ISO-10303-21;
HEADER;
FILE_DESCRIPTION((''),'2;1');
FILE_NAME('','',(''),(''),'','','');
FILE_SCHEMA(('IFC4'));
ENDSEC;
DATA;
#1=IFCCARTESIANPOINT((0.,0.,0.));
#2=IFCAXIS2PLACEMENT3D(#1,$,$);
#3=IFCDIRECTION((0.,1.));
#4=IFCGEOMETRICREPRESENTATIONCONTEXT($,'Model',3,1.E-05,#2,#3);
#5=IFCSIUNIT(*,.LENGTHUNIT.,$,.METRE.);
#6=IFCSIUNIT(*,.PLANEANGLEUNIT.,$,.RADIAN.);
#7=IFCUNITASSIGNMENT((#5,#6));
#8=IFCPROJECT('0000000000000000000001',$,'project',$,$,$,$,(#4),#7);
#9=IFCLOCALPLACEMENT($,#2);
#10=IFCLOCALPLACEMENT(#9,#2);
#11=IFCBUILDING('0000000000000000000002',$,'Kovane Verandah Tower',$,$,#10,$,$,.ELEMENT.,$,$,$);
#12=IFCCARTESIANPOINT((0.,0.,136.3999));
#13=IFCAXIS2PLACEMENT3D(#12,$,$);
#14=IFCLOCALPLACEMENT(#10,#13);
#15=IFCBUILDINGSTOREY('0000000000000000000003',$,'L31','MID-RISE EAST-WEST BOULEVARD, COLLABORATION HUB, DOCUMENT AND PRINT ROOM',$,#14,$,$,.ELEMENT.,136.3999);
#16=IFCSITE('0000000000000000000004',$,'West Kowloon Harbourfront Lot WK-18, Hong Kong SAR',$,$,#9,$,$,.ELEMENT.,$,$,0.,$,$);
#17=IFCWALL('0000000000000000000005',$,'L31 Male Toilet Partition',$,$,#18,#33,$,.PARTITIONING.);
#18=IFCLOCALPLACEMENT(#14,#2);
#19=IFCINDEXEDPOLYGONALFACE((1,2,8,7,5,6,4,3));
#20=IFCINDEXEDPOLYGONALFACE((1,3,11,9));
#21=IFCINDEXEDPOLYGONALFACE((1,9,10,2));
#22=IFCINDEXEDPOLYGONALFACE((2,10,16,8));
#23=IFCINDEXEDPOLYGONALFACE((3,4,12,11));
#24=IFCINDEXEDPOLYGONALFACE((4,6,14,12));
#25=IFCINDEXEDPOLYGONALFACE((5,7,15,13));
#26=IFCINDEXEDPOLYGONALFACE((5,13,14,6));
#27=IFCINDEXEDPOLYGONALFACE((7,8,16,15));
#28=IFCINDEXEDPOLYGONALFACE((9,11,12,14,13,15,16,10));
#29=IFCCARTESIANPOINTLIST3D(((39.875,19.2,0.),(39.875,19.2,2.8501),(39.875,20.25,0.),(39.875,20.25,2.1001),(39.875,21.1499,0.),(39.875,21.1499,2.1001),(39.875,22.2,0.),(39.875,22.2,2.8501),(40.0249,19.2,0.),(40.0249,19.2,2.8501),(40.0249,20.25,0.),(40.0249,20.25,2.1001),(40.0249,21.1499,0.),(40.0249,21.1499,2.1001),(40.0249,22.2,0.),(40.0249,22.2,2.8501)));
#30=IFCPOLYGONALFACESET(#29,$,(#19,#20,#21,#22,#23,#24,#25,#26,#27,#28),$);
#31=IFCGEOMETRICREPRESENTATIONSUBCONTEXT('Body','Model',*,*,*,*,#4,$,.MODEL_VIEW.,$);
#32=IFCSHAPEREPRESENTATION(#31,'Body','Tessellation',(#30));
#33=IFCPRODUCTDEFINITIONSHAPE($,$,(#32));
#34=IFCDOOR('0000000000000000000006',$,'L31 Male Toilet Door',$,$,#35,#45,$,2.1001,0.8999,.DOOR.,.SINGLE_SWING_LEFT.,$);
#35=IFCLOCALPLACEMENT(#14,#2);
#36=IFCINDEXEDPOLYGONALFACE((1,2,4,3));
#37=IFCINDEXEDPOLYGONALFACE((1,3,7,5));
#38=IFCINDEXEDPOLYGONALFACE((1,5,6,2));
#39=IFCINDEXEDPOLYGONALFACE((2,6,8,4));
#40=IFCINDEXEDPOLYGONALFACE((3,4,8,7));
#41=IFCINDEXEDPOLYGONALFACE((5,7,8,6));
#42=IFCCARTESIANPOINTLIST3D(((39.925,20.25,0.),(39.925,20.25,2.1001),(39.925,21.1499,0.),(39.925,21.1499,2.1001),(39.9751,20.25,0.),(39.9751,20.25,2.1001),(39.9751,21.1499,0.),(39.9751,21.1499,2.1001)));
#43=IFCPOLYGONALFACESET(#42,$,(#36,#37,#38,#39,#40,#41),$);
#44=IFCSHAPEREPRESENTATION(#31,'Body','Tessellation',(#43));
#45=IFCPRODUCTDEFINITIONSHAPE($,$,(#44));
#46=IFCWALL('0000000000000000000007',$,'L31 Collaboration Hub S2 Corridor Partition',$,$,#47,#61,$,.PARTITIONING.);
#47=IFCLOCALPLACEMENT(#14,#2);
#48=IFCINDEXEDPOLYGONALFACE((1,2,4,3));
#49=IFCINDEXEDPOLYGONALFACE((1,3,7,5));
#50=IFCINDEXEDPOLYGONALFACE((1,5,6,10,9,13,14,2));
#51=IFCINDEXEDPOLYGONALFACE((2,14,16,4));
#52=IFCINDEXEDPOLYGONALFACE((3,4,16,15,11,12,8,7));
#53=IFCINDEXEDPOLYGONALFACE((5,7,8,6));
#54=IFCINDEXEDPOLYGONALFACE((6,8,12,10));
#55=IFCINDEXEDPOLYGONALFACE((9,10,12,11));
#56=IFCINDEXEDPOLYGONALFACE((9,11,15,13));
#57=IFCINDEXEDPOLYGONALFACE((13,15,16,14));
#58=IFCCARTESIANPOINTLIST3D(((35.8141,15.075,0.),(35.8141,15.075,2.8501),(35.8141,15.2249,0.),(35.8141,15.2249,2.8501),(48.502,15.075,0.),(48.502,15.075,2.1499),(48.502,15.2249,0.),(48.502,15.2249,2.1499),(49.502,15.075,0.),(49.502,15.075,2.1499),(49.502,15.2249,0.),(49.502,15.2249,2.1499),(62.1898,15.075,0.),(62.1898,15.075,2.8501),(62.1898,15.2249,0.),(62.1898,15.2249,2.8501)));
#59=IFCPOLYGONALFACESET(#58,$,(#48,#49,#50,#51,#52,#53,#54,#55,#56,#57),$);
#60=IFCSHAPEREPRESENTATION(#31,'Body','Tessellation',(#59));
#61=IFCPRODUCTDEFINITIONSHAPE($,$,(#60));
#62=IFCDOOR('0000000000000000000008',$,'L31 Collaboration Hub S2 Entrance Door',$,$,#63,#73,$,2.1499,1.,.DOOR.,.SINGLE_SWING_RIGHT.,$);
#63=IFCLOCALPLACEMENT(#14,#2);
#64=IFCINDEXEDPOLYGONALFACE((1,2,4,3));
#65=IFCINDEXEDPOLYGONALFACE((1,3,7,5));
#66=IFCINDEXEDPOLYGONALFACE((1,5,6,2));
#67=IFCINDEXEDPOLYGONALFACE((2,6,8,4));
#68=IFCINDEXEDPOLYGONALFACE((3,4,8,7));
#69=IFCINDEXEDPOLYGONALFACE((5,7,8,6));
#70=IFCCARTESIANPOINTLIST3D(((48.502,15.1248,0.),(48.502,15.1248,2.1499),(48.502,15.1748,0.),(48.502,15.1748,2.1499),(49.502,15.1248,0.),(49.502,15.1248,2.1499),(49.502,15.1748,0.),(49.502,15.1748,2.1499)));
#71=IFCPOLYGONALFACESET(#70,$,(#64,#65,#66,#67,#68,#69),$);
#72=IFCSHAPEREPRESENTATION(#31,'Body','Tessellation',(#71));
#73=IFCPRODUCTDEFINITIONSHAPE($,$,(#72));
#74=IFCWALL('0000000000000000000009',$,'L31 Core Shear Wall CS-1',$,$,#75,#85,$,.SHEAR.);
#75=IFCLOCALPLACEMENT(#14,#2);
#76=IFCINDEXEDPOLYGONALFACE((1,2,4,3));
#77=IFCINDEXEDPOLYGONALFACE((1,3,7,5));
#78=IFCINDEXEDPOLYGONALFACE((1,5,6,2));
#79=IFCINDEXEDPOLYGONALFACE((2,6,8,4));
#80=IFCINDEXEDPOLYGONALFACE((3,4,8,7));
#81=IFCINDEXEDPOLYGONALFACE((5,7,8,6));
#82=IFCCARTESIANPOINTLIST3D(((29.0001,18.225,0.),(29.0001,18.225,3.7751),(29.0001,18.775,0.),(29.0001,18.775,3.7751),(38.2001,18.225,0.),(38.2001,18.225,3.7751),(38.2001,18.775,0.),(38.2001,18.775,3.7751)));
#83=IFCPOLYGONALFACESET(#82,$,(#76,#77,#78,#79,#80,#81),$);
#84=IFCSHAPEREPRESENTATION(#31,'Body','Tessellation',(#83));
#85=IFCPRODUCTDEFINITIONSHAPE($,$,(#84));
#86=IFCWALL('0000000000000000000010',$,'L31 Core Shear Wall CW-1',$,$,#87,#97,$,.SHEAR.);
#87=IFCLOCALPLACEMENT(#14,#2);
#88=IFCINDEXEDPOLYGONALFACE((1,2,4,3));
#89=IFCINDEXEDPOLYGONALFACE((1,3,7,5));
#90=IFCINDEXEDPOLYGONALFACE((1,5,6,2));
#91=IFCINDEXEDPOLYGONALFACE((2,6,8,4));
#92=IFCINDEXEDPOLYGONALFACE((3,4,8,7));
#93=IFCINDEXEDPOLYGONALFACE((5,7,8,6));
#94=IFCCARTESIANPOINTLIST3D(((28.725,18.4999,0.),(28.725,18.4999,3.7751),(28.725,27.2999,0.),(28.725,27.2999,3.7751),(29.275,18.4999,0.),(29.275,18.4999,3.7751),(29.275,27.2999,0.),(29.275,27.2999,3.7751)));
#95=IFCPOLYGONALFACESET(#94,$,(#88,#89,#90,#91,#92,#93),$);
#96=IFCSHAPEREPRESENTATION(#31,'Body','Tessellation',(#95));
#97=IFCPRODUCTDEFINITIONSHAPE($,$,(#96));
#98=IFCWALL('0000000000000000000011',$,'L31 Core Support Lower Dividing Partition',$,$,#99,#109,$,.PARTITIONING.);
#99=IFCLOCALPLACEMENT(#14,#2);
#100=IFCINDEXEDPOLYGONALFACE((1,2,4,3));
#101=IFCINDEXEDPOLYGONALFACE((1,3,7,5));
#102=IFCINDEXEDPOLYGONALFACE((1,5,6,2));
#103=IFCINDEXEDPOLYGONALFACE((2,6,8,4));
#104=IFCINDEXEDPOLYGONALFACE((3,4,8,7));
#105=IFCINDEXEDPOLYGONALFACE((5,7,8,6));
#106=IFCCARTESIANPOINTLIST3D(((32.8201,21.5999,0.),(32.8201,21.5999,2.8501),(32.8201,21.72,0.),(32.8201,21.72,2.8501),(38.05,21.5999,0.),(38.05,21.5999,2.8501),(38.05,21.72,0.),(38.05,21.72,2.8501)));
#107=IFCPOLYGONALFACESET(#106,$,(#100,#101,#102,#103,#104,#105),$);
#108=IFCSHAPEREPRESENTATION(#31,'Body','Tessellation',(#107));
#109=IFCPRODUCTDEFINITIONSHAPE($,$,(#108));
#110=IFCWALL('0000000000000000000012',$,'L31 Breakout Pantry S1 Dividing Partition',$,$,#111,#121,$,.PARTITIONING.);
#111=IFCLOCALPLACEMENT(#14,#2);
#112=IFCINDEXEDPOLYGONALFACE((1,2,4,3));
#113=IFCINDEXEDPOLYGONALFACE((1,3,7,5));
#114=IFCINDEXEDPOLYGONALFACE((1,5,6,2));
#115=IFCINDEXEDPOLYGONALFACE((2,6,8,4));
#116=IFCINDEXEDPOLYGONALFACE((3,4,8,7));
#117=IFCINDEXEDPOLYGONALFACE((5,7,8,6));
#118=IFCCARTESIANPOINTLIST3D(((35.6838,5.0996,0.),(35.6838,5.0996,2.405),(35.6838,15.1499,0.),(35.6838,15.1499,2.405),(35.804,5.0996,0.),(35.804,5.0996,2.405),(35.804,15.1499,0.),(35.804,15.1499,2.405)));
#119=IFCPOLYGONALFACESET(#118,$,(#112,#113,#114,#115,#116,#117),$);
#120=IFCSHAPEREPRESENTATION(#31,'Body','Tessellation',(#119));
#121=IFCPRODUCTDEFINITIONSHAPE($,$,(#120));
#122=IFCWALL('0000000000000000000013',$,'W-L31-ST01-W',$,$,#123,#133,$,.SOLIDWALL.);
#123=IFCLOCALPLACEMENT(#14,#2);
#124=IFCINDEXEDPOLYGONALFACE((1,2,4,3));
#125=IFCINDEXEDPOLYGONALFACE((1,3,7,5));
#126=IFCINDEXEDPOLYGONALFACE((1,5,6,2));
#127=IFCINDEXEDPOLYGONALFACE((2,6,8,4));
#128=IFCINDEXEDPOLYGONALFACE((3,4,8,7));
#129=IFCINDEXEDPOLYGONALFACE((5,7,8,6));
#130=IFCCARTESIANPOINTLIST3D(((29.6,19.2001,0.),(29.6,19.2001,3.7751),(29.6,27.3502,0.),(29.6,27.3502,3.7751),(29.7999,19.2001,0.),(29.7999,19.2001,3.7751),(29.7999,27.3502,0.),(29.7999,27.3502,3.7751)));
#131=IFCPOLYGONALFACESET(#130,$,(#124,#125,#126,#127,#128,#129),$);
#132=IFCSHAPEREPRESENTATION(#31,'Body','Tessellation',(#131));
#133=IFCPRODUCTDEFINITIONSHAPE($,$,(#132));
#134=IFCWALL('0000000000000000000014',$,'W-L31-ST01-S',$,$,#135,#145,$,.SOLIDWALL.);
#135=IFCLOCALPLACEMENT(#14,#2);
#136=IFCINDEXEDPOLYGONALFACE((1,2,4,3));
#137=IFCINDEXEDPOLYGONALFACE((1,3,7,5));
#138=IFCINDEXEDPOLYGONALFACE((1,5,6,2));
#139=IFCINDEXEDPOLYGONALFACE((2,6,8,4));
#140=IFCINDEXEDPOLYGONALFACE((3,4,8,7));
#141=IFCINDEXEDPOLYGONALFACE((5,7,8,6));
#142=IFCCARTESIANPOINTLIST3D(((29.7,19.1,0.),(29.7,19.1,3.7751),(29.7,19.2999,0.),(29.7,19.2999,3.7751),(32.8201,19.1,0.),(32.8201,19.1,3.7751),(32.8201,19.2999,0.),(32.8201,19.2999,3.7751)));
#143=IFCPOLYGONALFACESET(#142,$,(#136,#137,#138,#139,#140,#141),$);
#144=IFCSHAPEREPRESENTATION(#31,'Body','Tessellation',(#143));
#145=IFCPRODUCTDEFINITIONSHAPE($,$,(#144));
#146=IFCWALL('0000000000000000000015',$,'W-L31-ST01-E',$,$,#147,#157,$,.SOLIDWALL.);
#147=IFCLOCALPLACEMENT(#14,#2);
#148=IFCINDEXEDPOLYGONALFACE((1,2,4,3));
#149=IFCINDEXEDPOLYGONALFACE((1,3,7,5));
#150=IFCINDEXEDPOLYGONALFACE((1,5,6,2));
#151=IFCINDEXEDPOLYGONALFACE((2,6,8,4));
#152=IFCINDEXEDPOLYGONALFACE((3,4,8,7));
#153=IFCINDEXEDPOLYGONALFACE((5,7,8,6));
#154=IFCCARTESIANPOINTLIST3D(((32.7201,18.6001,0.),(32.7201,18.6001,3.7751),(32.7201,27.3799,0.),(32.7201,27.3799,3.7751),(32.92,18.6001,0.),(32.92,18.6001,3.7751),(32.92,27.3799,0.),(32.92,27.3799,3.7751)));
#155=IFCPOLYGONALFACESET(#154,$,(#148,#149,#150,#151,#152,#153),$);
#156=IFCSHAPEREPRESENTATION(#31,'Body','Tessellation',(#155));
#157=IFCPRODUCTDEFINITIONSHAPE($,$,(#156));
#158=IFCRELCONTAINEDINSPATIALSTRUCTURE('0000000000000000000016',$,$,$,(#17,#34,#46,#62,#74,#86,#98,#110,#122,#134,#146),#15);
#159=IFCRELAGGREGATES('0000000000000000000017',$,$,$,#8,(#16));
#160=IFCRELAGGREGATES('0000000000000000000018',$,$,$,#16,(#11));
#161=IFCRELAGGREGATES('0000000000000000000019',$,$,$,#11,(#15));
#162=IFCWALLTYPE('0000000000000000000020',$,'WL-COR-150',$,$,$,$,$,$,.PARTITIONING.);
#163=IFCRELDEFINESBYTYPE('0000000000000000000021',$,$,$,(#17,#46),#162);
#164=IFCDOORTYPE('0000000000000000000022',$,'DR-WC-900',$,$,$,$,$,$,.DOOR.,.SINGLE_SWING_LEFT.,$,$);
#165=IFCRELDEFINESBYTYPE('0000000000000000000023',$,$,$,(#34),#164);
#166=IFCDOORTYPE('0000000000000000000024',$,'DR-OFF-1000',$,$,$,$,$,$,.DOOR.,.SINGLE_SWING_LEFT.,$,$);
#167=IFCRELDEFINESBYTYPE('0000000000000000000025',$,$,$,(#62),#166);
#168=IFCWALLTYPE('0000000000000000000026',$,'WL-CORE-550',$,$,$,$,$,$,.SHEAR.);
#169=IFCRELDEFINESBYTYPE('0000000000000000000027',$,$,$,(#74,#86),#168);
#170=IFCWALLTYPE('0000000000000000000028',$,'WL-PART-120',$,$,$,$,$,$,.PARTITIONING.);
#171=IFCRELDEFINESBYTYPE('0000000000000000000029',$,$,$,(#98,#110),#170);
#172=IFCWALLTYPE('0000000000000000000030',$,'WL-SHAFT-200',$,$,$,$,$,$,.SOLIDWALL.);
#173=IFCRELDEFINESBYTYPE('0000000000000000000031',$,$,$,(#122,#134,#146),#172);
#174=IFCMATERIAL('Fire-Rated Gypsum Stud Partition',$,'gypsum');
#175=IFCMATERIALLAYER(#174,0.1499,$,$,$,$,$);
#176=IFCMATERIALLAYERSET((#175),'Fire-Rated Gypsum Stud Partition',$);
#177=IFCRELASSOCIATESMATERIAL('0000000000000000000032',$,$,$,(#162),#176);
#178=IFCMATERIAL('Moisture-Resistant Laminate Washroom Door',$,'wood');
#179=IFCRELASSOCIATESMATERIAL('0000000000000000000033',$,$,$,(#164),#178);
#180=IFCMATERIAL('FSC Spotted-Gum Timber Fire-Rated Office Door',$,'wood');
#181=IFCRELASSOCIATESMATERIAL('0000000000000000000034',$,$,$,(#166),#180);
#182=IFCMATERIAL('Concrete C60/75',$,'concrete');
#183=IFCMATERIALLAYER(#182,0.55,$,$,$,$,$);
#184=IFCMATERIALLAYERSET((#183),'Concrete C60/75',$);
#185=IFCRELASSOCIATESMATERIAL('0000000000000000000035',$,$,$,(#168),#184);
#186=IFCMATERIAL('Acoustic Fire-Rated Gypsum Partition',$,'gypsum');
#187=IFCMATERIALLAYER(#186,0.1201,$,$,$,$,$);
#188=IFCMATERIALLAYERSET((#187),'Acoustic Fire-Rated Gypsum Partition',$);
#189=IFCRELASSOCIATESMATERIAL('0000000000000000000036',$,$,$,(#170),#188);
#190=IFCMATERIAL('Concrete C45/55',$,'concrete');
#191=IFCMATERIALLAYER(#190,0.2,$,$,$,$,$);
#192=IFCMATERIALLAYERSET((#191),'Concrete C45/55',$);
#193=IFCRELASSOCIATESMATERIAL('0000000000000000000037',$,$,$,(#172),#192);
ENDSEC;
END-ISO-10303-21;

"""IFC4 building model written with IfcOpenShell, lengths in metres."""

from ifc_helpers import new_model, si_unit, direction, frame, frame_2d, origin, place, context, subcontext, project, spatial, rectangle, extrude, material, layer, layer_set, type_object, element, fill, save


model = new_model("IFC4")

# Units and contexts
model_context = context("Model", 3, precision=1e-05, world=origin(), true_north=direction((0.0, 1.0)))
body_context = subcontext(model_context, "Body", "Model", "MODEL_VIEW")
ifc_project = project(units=[si_unit("LENGTHUNIT", "METRE"), si_unit("PLANEANGLEUNIT", "RADIAN")], contexts=[model_context])

# Site, building, storey
site_placement = place(None, origin())
site = spatial("IfcSite", under=ifc_project, at=site_placement, Name="West Kowloon Harbourfront Lot WK-18, Hong Kong SAR", CompositionType="ELEMENT", RefElevation=0.0)
building_placement = place(site_placement, origin())
building = spatial("IfcBuilding", under=site, at=building_placement, Name="Kovane Verandah Tower", CompositionType="ELEMENT")
storey_placement = place(building_placement, frame((0.0, 0.0, 136.3999)))
storey = spatial("IfcBuildingStorey", under=building, at=storey_placement, Name="L31", Description="MID-RISE EAST-WEST BOULEVARD, COLLABORATION HUB, DOCUMENT AND PRINT ROOM", CompositionType="ELEMENT", Elevation=136.3999)

# Shared definitions
ifc_material_1 = material(Name="Concrete C60/75", Category="concrete")

# Shared definitions
ifc_material_2 = material(Name="Fire-Rated Gypsum Stud Partition", Category="gypsum")
ifc_layer_1 = layer(ifc_material_2, 0.1499)
ifc_layer_set_1 = layer_set([ifc_layer_1], Name="Fire-Rated Gypsum Stud Partition")
wall_type_1 = type_object("IfcWallType", Name="WL-COR-150", PredefinedType="PARTITIONING", material=ifc_layer_set_1)

# Walls, openings, doors
wall_1_placement = place(storey_placement, frame((39.95, 19.2, 0.0), z_axis=(0.0, 0.0, 1.0), x_axis=(0.0, 1.0, 0.0)))
wall_1 = element("IfcWall", 1, at=wall_1_placement, inside=storey, type_object=wall_type_1, Name="L31 Male Toilet Partition", PredefinedType="PARTITIONING", context=body_context, shape_type="SweptSolid", body=[
    extrude(rectangle(XDim=3.0, YDim=0.1499, at=frame_2d((1.5, 0.0))), origin(), (0.0, 0.0, 1.0), 2.8501),
])
opening_1_placement = place(wall_1_placement, frame((1.05, 0.0, 0.0)))
opening_1 = element("IfcOpeningElement", 2, at=opening_1_placement, cuts=wall_1, PredefinedType="OPENING", context=body_context, shape_type="SweptSolid", body=[
    extrude(rectangle(XDim=0.8999, YDim=2.1001, at=frame_2d((0.45, 1.05))), frame((0.0, 0.075, 0.0), z_axis=(0.0, -1.0, 0.0), x_axis=(1.0, 0.0, 0.0)), (0.0, 0.0, 1.0), 0.1499),
])
ifc_material_3 = material(Name="Moisture-Resistant Laminate Washroom Door", Category="wood")
door_type_1 = type_object("IfcDoorType", Name="DR-WC-900", OperationType="SINGLE_SWING_LEFT", PredefinedType="DOOR", material=ifc_material_3)
door_1_placement = place(opening_1_placement, origin())
door_1 = element("IfcDoor", 3, at=door_1_placement, inside=storey, type_object=door_type_1, Name="L31 Male Toilet Door", OperationType="SINGLE_SWING_LEFT", OverallHeight=2.1001, OverallWidth=0.8999, PredefinedType="DOOR", context=body_context, shape_type="SweptSolid", body=[
    extrude(rectangle(XDim=0.8999, YDim=2.1001, at=frame_2d((0.45, 1.05))), frame((0.0, 0.0249, 0.0), z_axis=(0.0, -1.0, 0.0), x_axis=(1.0, 0.0, 0.0)), (0.0, 0.0, 1.0), 0.05),
])
fill(opening_1, door_1)
ifc_material_4 = material(Name="FSC Spotted-Gum Timber Fire-Rated Office Door", Category="wood")
door_type_2 = type_object("IfcDoorType", Name="DR-OFF-1000", OperationType="SINGLE_SWING_LEFT", PredefinedType="DOOR", material=ifc_material_4)
wall_2_placement = place(storey_placement, frame((35.814, 15.1499, 0.0), z_axis=(0.0, 0.0, 1.0), x_axis=(1.0, 0.0, 0.0)))
wall_2 = element("IfcWall", 4, at=wall_2_placement, inside=storey, type_object=wall_type_1, Name="L31 Collaboration Hub S2 Corridor Partition", PredefinedType="PARTITIONING", context=body_context, shape_type="SweptSolid", body=[
    extrude(rectangle(XDim=26.3757, YDim=0.1499, at=frame_2d((13.188, 0.0))), origin(), (0.0, 0.0, 1.0), 2.8501),
])
opening_2_placement = place(wall_2_placement, frame((12.688, 0.0, 0.0)))
opening_2 = element("IfcOpeningElement", 5, at=opening_2_placement, cuts=wall_2, PredefinedType="OPENING", context=body_context, shape_type="SweptSolid", body=[
    extrude(rectangle(XDim=1.0, YDim=2.1499, at=frame_2d((0.5, 1.075))), frame((0.0, 0.075, 0.0), z_axis=(0.0, -1.0, 0.0), x_axis=(1.0, 0.0, 0.0)), (0.0, 0.0, 1.0), 0.1499),
])
door_2_placement = place(opening_2_placement, origin())
door_2 = element("IfcDoor", 6, at=door_2_placement, inside=storey, type_object=door_type_2, Name="L31 Collaboration Hub S2 Entrance Door", OperationType="SINGLE_SWING_RIGHT", OverallHeight=2.1499, OverallWidth=1.0, PredefinedType="DOOR", context=body_context, shape_type="SweptSolid", body=[
    extrude(rectangle(XDim=1.0, YDim=2.1499, at=frame_2d((0.5, 1.075))), frame((0.0, 0.0249, 0.0), z_axis=(0.0, -1.0, 0.0), x_axis=(1.0, 0.0, 0.0)), (0.0, 0.0, 1.0), 0.05),
])
fill(opening_2, door_2)

# Walls
ifc_layer_2 = layer(ifc_material_1, 0.55)
ifc_layer_set_2 = layer_set([ifc_layer_2], Name="Concrete C60/75")
wall_type_2 = type_object("IfcWallType", Name="WL-CORE-550", PredefinedType="SHEAR", material=ifc_layer_set_2)
wall_3_placement = place(storey_placement, frame((29.0, 18.5, 0.0), z_axis=(0.0, 0.0, 1.0), x_axis=(1.0, 0.0, 0.0)))
element("IfcWall", 7, at=wall_3_placement, inside=storey, type_object=wall_type_2, Name="L31 Core Shear Wall CS-1", PredefinedType="SHEAR", context=body_context, shape_type="SweptSolid", body=[
    extrude(rectangle(XDim=9.2, YDim=0.55, at=frame_2d((4.6001, 0.0))), origin(), (0.0, 0.0, 1.0), 3.7751),
])
wall_4_placement = place(storey_placement, frame((29.0, 18.5, 0.0), z_axis=(0.0, 0.0, 1.0), x_axis=(0.0, 1.0, 0.0)))
element("IfcWall", 8, at=wall_4_placement, inside=storey, type_object=wall_type_2, Name="L31 Core Shear Wall CW-1", PredefinedType="SHEAR", context=body_context, shape_type="SweptSolid", body=[
    extrude(rectangle(XDim=8.8, YDim=0.55, at=frame_2d((4.3999, 0.0))), origin(), (0.0, 0.0, 1.0), 3.7751),
])
ifc_material_5 = material(Name="Acoustic Fire-Rated Gypsum Partition", Category="gypsum")
ifc_layer_3 = layer(ifc_material_5, 0.1201)
ifc_layer_set_3 = layer_set([ifc_layer_3], Name="Acoustic Fire-Rated Gypsum Partition")
wall_type_3 = type_object("IfcWallType", Name="WL-PART-120", PredefinedType="PARTITIONING", material=ifc_layer_set_3)
wall_5_placement = place(storey_placement, frame((32.8201, 21.6599, 0.0), z_axis=(0.0, 0.0, 1.0), x_axis=(1.0, 0.0, 0.0)))
element("IfcWall", 9, at=wall_5_placement, inside=storey, type_object=wall_type_3, Name="L31 Core Support Lower Dividing Partition", PredefinedType="PARTITIONING", context=body_context, shape_type="SweptSolid", body=[
    extrude(rectangle(XDim=5.23, YDim=0.1201, at=frame_2d((2.615, 0.0))), origin(), (0.0, 0.0, 1.0), 2.8501),
])
wall_6_placement = place(storey_placement, frame((35.7439, 5.0996, 0.0), z_axis=(0.0, 0.0, 1.0), x_axis=(0.0, 1.0, 0.0)))
element("IfcWall", 10, at=wall_6_placement, inside=storey, type_object=wall_type_3, Name="L31 Breakout Pantry S1 Dividing Partition", PredefinedType="PARTITIONING", context=body_context, shape_type="SweptSolid", body=[
    extrude(rectangle(XDim=10.0503, YDim=0.1201, at=frame_2d((5.0251, 0.0))), origin(), (0.0, 0.0, 1.0), 2.405),
])
ifc_material_6 = material(Name="Concrete C45/55", Category="concrete")
ifc_layer_4 = layer(ifc_material_6, 0.2)
ifc_layer_set_4 = layer_set([ifc_layer_4], Name="Concrete C45/55")
wall_type_4 = type_object("IfcWallType", Name="WL-SHAFT-200", PredefinedType="SOLIDWALL", material=ifc_layer_set_4)
wall_7_placement = place(storey_placement, frame((29.7, 19.2, 0.0), z_axis=(0.0, 0.0, 1.0), x_axis=(0.0, 1.0, 0.0)))
element("IfcWall", 11, at=wall_7_placement, inside=storey, type_object=wall_type_4, Name="W-L31-ST01-W", PredefinedType="SOLIDWALL", context=body_context, shape_type="SweptSolid", body=[
    extrude(rectangle(XDim=8.1501, YDim=0.2, at=frame_2d((4.0752, 0.0))), origin(), (0.0, 0.0, 1.0), 3.7751),
])
wall_8_placement = place(storey_placement, frame((29.7, 19.2, 0.0), z_axis=(0.0, 0.0, 1.0), x_axis=(1.0, 0.0, 0.0)))
element("IfcWall", 12, at=wall_8_placement, inside=storey, type_object=wall_type_4, Name="W-L31-ST01-S", PredefinedType="SOLIDWALL", context=body_context, shape_type="SweptSolid", body=[
    extrude(rectangle(XDim=3.1201, YDim=0.2, at=frame_2d((1.5601, 0.0))), origin(), (0.0, 0.0, 1.0), 3.7751),
])
wall_9_placement = place(storey_placement, frame((32.8201, 18.6001, 0.0), z_axis=(0.0, 0.0, 1.0), x_axis=(0.0, 1.0, 0.0)))
element("IfcWall", 13, at=wall_9_placement, inside=storey, type_object=wall_type_4, Name="W-L31-ST01-E", PredefinedType="SOLIDWALL", context=body_context, shape_type="SweptSolid", body=[
    extrude(rectangle(XDim=8.7798, YDim=0.2, at=frame_2d((4.3899, 0.0))), origin(), (0.0, 0.0, 1.0), 3.7751),
])

save(model, "model.ifc")
